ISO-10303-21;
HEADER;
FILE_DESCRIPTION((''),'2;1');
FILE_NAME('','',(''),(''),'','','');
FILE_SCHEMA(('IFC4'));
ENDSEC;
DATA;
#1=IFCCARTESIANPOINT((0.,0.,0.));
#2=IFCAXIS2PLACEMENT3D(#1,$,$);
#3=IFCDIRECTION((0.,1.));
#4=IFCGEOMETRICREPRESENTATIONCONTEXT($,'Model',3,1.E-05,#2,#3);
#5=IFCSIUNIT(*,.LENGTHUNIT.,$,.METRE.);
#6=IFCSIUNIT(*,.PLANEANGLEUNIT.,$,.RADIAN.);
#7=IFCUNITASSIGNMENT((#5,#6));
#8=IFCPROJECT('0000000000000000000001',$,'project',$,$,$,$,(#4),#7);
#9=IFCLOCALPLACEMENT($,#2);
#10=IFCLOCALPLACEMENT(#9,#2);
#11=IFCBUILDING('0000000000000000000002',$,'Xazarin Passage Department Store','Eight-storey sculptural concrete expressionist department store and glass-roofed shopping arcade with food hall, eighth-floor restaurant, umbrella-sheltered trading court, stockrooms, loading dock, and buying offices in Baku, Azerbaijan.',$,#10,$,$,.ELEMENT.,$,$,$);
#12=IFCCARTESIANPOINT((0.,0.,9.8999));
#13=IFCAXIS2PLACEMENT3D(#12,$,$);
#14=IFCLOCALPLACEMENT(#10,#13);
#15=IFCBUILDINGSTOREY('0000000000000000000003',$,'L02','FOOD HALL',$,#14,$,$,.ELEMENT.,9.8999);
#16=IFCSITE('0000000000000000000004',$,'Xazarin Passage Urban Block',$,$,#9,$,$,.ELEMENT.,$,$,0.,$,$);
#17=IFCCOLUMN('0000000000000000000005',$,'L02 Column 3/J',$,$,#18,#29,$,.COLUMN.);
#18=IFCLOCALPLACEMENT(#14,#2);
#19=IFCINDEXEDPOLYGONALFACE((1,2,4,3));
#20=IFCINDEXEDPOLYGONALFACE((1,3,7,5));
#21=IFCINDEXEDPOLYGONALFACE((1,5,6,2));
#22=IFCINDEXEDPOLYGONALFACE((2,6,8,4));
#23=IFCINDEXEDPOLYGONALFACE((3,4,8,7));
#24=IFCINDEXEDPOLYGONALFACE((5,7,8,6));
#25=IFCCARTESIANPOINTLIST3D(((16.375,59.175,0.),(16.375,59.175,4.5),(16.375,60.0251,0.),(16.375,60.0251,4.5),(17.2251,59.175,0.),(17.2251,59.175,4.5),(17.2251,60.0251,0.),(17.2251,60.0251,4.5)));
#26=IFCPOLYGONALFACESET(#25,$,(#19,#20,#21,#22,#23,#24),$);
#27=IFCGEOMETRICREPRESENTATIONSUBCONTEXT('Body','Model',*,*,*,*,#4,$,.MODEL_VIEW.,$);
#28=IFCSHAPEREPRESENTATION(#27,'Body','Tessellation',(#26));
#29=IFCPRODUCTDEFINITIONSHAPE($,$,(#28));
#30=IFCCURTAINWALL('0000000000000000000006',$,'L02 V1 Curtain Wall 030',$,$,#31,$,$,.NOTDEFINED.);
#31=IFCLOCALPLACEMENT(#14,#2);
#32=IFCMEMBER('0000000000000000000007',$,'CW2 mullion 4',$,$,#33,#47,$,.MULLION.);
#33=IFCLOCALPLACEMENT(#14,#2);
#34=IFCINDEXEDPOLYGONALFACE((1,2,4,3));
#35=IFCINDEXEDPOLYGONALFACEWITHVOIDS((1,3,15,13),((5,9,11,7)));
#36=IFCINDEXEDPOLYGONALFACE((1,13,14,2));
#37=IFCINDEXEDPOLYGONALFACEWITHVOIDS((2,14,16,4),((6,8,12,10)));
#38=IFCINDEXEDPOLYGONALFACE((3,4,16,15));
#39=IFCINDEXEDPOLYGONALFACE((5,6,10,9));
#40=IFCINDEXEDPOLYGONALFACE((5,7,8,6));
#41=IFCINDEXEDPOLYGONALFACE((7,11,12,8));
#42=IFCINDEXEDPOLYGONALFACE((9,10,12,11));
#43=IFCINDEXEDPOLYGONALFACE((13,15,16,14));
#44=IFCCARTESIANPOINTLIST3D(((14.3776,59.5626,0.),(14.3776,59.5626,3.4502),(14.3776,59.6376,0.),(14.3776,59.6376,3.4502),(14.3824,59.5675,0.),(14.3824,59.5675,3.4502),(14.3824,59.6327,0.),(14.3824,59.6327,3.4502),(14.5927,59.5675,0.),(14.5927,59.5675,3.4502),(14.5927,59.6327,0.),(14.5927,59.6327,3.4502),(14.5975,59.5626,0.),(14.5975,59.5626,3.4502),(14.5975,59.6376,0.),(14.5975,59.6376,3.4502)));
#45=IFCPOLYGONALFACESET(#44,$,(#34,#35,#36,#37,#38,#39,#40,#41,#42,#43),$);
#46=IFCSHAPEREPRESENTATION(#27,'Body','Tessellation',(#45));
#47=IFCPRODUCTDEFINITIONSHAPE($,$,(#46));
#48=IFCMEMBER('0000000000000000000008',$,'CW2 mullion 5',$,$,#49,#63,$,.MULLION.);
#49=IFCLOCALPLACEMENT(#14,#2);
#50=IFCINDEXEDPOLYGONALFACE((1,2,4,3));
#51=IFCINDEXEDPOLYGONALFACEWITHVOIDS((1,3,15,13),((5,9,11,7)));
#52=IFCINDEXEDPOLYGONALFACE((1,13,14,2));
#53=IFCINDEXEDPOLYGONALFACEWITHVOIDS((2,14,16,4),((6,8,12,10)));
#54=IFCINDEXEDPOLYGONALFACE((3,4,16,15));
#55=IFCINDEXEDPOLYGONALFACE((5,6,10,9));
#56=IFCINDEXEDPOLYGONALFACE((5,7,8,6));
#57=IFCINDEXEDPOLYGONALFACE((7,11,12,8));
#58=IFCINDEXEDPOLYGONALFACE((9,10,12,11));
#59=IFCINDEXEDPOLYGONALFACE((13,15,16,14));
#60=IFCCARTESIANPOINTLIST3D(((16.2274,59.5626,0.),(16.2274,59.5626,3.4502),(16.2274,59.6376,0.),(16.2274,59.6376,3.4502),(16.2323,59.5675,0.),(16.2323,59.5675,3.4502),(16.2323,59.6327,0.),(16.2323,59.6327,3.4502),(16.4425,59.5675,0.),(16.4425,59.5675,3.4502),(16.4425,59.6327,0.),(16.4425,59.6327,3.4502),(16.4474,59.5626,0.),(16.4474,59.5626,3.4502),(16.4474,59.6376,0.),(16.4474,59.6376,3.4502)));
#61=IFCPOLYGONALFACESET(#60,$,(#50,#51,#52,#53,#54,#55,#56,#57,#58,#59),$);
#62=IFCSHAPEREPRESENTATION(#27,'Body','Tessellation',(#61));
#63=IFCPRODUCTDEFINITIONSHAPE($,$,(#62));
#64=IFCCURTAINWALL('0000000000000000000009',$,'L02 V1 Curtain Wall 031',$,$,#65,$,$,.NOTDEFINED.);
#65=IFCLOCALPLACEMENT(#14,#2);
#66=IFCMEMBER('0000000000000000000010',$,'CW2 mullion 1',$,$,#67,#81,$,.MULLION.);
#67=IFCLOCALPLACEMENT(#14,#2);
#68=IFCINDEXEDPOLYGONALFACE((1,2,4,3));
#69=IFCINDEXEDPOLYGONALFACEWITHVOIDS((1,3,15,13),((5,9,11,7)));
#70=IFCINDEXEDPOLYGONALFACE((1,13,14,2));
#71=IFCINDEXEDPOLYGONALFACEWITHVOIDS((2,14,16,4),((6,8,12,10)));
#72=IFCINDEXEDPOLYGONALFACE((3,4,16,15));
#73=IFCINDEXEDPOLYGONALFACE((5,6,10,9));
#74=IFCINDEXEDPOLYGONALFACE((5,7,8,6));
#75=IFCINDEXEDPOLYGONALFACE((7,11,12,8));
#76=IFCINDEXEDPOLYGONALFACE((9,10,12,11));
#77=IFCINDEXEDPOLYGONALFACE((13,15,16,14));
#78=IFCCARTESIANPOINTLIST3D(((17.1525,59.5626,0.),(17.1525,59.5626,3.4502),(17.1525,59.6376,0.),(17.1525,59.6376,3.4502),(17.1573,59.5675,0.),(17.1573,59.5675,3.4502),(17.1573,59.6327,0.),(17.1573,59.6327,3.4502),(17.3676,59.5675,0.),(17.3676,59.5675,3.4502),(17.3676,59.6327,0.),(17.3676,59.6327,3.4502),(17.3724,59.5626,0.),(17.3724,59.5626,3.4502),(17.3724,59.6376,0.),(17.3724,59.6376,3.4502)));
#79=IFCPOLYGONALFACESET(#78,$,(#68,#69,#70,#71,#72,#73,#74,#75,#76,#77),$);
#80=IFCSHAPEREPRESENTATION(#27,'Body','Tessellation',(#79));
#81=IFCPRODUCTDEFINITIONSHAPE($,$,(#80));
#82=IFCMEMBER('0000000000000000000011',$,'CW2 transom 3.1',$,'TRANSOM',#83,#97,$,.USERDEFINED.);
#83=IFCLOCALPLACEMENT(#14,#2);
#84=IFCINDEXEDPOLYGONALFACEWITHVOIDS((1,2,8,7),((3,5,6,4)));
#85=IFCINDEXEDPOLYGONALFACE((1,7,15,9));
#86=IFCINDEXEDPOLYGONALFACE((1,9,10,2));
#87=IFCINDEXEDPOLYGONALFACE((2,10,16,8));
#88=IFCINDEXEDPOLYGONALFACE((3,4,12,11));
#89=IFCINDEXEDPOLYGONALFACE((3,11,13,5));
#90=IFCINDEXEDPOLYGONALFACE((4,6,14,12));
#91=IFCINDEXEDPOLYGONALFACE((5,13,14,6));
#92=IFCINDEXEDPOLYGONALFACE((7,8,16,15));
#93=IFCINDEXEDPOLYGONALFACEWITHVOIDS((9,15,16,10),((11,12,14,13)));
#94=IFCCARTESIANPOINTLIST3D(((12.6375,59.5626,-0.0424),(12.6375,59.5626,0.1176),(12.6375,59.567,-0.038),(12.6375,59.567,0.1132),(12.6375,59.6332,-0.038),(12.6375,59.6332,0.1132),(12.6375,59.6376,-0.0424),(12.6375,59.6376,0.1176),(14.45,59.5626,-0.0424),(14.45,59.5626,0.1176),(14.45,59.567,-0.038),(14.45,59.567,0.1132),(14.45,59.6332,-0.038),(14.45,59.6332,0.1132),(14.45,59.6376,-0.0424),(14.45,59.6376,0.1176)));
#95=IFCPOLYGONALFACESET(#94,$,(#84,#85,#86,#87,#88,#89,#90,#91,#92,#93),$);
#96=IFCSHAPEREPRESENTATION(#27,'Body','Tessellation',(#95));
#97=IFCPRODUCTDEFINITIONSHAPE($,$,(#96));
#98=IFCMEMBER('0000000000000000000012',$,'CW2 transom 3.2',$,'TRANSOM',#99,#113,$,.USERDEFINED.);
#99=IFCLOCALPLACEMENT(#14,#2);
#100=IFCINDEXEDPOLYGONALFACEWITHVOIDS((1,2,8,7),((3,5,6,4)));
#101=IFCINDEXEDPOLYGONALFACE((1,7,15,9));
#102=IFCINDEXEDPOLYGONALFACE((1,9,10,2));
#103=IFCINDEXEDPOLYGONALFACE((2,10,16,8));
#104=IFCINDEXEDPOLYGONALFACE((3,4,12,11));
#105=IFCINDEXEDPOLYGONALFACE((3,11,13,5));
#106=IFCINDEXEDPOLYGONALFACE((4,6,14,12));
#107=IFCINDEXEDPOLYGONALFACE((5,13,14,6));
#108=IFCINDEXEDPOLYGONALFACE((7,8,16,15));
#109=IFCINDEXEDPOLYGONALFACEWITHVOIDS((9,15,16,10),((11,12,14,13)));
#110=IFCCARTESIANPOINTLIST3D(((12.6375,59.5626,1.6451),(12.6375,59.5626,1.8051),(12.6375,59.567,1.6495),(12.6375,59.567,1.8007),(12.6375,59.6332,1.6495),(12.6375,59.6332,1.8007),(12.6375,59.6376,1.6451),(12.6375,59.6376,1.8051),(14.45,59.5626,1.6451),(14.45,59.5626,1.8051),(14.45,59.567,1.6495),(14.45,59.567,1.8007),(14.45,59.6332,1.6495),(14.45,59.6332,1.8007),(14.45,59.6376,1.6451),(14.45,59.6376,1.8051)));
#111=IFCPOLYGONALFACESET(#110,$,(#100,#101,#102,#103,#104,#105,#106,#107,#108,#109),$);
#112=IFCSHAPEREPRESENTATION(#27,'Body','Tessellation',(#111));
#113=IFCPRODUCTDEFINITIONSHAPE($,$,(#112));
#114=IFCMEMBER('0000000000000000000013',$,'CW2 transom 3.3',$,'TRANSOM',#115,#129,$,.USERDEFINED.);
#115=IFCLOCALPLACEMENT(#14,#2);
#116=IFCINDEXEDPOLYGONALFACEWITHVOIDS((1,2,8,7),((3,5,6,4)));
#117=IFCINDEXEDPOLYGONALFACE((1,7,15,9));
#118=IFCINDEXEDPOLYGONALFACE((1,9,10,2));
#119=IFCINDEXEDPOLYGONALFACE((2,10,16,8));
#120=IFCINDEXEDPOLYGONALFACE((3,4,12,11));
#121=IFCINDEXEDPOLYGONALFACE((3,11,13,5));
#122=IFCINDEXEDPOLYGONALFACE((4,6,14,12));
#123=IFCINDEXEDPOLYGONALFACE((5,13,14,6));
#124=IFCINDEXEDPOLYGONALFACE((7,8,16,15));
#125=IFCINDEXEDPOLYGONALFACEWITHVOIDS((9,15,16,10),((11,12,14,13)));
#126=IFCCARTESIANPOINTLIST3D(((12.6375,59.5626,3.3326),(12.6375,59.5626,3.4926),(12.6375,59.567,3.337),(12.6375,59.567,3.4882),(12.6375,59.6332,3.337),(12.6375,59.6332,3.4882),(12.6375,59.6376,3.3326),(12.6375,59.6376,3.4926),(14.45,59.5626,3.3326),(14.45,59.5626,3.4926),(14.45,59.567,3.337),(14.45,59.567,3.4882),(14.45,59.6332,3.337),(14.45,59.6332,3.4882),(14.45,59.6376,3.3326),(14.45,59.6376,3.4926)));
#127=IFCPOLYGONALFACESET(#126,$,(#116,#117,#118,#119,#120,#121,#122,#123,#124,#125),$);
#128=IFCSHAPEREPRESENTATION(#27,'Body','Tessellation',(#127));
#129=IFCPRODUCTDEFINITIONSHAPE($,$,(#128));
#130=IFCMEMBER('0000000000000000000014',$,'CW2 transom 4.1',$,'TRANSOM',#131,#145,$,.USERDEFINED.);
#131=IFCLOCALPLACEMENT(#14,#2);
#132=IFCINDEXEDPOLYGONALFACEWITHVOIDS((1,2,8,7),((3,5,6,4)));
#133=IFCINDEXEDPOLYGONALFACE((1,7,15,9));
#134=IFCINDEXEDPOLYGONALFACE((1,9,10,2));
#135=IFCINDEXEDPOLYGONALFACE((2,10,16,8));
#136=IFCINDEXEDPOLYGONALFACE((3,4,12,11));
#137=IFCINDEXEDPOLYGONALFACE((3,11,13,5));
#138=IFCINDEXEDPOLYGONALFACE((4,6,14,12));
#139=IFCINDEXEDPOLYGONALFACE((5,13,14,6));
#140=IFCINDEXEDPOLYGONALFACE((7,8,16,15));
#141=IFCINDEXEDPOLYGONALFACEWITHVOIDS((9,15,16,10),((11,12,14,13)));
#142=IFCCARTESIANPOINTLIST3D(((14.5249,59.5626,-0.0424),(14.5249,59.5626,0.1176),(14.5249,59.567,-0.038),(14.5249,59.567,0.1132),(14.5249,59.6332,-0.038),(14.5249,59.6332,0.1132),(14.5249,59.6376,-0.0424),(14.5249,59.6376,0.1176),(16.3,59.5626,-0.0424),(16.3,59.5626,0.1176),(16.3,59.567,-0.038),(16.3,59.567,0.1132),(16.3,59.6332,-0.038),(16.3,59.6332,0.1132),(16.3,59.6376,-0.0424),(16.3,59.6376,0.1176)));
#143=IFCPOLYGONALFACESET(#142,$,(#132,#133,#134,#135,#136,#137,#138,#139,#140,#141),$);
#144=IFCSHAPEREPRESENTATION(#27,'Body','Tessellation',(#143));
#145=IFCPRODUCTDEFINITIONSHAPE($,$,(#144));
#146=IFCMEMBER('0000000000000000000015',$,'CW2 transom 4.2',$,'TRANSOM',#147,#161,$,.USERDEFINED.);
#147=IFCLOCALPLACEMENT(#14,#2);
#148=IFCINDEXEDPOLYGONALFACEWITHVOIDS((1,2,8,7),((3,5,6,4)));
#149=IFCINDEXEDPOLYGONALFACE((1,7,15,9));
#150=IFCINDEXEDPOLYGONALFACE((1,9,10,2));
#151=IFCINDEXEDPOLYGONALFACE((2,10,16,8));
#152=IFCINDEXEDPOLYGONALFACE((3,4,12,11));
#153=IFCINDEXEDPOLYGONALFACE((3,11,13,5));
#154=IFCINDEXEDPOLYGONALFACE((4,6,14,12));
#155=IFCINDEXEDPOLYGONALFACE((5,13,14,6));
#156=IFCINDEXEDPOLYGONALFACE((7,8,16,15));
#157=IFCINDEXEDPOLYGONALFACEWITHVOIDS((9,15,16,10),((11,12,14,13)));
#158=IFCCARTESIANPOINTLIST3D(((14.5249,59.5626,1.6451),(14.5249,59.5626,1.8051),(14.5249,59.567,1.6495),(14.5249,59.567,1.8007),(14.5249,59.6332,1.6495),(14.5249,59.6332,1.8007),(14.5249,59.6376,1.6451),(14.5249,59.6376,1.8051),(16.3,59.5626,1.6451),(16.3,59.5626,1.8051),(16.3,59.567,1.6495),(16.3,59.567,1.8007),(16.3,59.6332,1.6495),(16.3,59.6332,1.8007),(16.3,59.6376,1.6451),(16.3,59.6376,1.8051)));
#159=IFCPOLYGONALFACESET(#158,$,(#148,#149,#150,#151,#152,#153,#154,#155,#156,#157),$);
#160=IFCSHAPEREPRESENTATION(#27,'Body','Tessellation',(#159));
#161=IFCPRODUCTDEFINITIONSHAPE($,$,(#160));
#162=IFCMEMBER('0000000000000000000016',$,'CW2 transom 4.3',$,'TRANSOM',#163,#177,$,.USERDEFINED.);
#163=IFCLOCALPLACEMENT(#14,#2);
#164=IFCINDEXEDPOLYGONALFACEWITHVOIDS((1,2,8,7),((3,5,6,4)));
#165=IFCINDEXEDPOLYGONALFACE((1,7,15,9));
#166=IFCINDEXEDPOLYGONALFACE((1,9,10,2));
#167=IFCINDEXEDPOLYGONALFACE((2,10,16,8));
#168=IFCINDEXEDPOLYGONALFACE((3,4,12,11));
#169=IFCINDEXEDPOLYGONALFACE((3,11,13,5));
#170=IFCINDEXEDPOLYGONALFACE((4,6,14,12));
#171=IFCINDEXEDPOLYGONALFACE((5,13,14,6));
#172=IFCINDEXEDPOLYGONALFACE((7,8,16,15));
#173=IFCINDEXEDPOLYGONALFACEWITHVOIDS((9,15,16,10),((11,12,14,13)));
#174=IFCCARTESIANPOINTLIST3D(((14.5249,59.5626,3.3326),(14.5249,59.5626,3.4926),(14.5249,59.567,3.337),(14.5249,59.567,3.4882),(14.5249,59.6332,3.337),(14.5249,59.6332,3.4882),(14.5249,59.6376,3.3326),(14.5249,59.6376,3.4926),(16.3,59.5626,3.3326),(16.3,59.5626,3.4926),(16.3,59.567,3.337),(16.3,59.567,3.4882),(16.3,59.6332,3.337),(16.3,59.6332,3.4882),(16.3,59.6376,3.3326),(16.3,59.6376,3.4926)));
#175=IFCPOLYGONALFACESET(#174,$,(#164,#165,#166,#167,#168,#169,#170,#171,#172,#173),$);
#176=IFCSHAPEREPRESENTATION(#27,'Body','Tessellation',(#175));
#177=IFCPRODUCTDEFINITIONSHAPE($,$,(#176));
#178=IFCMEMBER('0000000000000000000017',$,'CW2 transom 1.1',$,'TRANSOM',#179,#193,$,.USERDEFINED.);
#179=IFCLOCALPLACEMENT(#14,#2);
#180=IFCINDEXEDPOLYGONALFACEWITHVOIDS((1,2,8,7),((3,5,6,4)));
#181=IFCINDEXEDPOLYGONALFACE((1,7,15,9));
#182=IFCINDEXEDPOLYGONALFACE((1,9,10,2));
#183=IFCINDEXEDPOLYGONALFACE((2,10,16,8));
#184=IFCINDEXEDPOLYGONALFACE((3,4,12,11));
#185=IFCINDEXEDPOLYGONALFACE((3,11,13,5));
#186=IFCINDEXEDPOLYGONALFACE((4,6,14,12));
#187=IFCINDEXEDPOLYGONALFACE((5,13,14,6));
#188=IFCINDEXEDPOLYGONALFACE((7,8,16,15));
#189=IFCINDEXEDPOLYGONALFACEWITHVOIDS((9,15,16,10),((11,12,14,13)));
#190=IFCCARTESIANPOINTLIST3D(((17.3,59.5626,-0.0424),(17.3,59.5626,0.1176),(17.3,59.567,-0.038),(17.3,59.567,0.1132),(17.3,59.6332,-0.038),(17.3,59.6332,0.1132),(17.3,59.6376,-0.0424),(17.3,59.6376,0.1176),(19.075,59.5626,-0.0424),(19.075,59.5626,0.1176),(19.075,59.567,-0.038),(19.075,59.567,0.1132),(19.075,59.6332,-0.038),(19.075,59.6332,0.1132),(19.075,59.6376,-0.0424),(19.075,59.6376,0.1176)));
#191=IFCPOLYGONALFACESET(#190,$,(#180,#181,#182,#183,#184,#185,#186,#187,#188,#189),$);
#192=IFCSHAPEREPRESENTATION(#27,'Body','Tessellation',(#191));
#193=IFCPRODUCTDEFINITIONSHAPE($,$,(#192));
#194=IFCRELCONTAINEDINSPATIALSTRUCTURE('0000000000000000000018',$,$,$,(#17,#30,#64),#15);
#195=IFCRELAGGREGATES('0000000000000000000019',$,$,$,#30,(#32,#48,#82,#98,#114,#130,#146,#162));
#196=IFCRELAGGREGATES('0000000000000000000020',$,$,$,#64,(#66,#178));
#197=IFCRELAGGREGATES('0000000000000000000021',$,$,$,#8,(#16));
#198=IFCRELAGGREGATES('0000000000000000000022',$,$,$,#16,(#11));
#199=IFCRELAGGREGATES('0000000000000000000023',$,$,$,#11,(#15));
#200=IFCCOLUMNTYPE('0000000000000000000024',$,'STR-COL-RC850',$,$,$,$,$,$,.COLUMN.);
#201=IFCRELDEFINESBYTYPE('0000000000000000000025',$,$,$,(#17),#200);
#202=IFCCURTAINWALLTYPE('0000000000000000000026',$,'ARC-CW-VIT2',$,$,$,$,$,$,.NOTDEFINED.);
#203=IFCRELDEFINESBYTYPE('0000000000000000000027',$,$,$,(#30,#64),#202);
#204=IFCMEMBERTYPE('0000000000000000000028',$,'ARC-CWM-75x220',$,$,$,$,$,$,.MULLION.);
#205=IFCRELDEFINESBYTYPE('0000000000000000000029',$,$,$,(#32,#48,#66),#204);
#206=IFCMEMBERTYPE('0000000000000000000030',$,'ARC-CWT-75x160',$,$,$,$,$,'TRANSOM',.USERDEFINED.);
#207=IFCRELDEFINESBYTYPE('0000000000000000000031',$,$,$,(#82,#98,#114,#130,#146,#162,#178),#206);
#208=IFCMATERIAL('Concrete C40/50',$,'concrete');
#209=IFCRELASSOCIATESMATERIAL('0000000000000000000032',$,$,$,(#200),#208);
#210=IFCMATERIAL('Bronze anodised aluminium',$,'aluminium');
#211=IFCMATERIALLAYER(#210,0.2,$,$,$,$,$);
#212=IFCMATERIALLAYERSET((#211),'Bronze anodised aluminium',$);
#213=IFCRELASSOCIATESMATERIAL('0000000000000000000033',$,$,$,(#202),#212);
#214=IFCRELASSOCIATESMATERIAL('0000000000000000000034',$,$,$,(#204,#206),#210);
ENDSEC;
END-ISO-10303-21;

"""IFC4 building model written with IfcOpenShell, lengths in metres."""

from ifc_helpers import new_model, si_unit, direction, frame, origin, origin_2d, place, context, subcontext, project, spatial, rectangle, hollow_rectangle, extrude, material, layer, layer_set, material_profile, profile_set, type_object, element, aggregate, save


model = new_model("IFC4")

# Units and contexts
model_context = context("Model", 3, precision=1e-05, world=origin(), true_north=direction((0.0, 1.0)))
body_context = subcontext(model_context, "Body", "Model", "MODEL_VIEW")
ifc_project = project(units=[si_unit("LENGTHUNIT", "METRE"), si_unit("PLANEANGLEUNIT", "RADIAN")], contexts=[model_context])

# Site, building, storey
site_placement = place(None, origin())
site = spatial("IfcSite", under=ifc_project, at=site_placement, Name="Xazarin Passage Urban Block", CompositionType="ELEMENT", RefElevation=0.0)
building_placement = place(site_placement, origin())
building = spatial("IfcBuilding", under=site, at=building_placement, Name="Xazarin Passage Department Store", Description="Eight-storey sculptural concrete expressionist department store and glass-roofed shopping arcade with food hall, eighth-floor restaurant, umbrella-sheltered trading court, stockrooms, loading dock, and buying offices in Baku, Azerbaijan.", CompositionType="ELEMENT")
storey_placement = place(building_placement, frame((0.0, 0.0, 9.8999)))
storey = spatial("IfcBuildingStorey", under=building, at=storey_placement, Name="L02", Description="FOOD HALL", CompositionType="ELEMENT", Elevation=9.8999)

# Column
ifc_material_1 = material(Name="Concrete C40/50", Category="concrete")
ifc_material_profile_1 = material_profile(ifc_material_1, rectangle(XDim=0.8501, YDim=0.8501, at=origin_2d()), Name="RC 850x850")
ifc_profile_set_1 = profile_set([ifc_material_profile_1], Name="Concrete C40/50")
column_type = type_object("IfcColumnType", Name="STR-COL-RC850", PredefinedType="COLUMN", material=ifc_profile_set_1)
column_placement = place(storey_placement, frame((16.8, 59.6001, 0.0), z_axis=(0.0, 0.0, 1.0), x_axis=(1.0, 0.0, 0.0)))
element("IfcColumn", 1, at=column_placement, inside=storey, type_object=column_type, Name="L02 Column 3/J", PredefinedType="COLUMN", context=body_context, shape_type="SweptSolid", body=[
    extrude(rectangle(XDim=0.8501, YDim=0.8501, at=origin_2d()), origin(), (0.0, 0.0, 1.0), 4.5),
])

# Curtain wall, members
ifc_material_2 = material(Name="Bronze anodised aluminium", Category="aluminium")
ifc_layer_1 = layer(ifc_material_2, 0.2)
ifc_layer_set_1 = layer_set([ifc_layer_1], Name="Bronze anodised aluminium")
curtain_wall_type = type_object("IfcCurtainWallType", Name="ARC-CW-VIT2", PredefinedType="NOTDEFINED", material=ifc_layer_set_1)
curtain_wall_1_placement = place(storey_placement, origin())
curtain_wall_1 = element("IfcCurtainWall", 2, at=curtain_wall_1_placement, inside=storey, type_object=curtain_wall_type, Name="L02 V1 Curtain Wall 030", PredefinedType="NOTDEFINED")
ifc_material_profile_2 = material_profile(ifc_material_2, hollow_rectangle(XDim=0.075, YDim=0.22, WallThickness=0.0049, at=origin_2d()), Name="ALU 75x220")
ifc_profile_set_2 = profile_set([ifc_material_profile_2], Name="Bronze anodised aluminium")
member_type_1 = type_object("IfcMemberType", Name="ARC-CWM-75x220", PredefinedType="MULLION", material=ifc_profile_set_2)
member_1_placement = place(storey_placement, frame((14.4875, 59.6001, 0.0), z_axis=(0.0, 0.0, 1.0), x_axis=(0.0, 1.0, 0.0)))
member_1 = element("IfcMember", 3, at=member_1_placement, type_object=member_type_1, Name="CW2 mullion 4", PredefinedType="MULLION", context=body_context, shape_type="SweptSolid", body=[
    extrude(hollow_rectangle(XDim=0.075, YDim=0.22, WallThickness=0.0049, at=origin_2d()), origin(), (0.0, 0.0, 1.0), 3.4502),
])
member_2_placement = place(storey_placement, frame((16.3374, 59.6001, 0.0), z_axis=(0.0, 0.0, 1.0), x_axis=(0.0, 1.0, 0.0)))
member_2 = element("IfcMember", 4, at=member_2_placement, type_object=member_type_1, Name="CW2 mullion 5", PredefinedType="MULLION", context=body_context, shape_type="SweptSolid", body=[
    extrude(hollow_rectangle(XDim=0.075, YDim=0.22, WallThickness=0.0049, at=origin_2d()), origin(), (0.0, 0.0, 1.0), 3.4502),
])

# Curtain wall, member
curtain_wall_2_placement = place(storey_placement, origin())
curtain_wall_2 = element("IfcCurtainWall", 5, at=curtain_wall_2_placement, inside=storey, type_object=curtain_wall_type, Name="L02 V1 Curtain Wall 031", PredefinedType="NOTDEFINED")
member_3_placement = place(storey_placement, frame((17.2625, 59.6001, 0.0), z_axis=(0.0, 0.0, 1.0), x_axis=(0.0, 1.0, 0.0)))
member_3 = element("IfcMember", 6, at=member_3_placement, type_object=member_type_1, Name="CW2 mullion 1", PredefinedType="MULLION", context=body_context, shape_type="SweptSolid", body=[
    extrude(hollow_rectangle(XDim=0.075, YDim=0.22, WallThickness=0.0049, at=origin_2d()), origin(), (0.0, 0.0, 1.0), 3.4502),
])

# Members
ifc_material_profile_3 = material_profile(ifc_material_2, hollow_rectangle(XDim=0.075, YDim=0.1599, WallThickness=0.0044, at=origin_2d()), Name="ALU 75x160")
ifc_profile_set_3 = profile_set([ifc_material_profile_3], Name="Bronze anodised aluminium")
member_type_2 = type_object("IfcMemberType", Name="ARC-CWT-75x160", ElementType="TRANSOM", PredefinedType="USERDEFINED", material=ifc_profile_set_3)
member_4_placement = place(storey_placement, frame((12.6375, 59.6001, 0.0376), z_axis=(1.0, 0.0, 0.0), x_axis=(0.0, 1.0, 0.0)))
member_4 = element("IfcMember", 7, at=member_4_placement, type_object=member_type_2, Name="CW2 transom 3.1", ObjectType="TRANSOM", PredefinedType="USERDEFINED", context=body_context, shape_type="SweptSolid", body=[
    extrude(hollow_rectangle(XDim=0.075, YDim=0.1599, WallThickness=0.0044, at=origin_2d()), origin(), (0.0, 0.0, 1.0), 1.8125),
])
member_5_placement = place(storey_placement, frame((12.6375, 59.6001, 1.7251), z_axis=(1.0, 0.0, 0.0), x_axis=(0.0, 1.0, 0.0)))
member_5 = element("IfcMember", 8, at=member_5_placement, type_object=member_type_2, Name="CW2 transom 3.2", ObjectType="TRANSOM", PredefinedType="USERDEFINED", context=body_context, shape_type="SweptSolid", body=[
    extrude(hollow_rectangle(XDim=0.075, YDim=0.1599, WallThickness=0.0044, at=origin_2d()), origin(), (0.0, 0.0, 1.0), 1.8125),
])
member_6_placement = place(storey_placement, frame((12.6375, 59.6001, 3.4126), z_axis=(1.0, 0.0, 0.0), x_axis=(0.0, 1.0, 0.0)))
member_6 = element("IfcMember", 9, at=member_6_placement, type_object=member_type_2, Name="CW2 transom 3.3", ObjectType="TRANSOM", PredefinedType="USERDEFINED", context=body_context, shape_type="SweptSolid", body=[
    extrude(hollow_rectangle(XDim=0.075, YDim=0.1599, WallThickness=0.0044, at=origin_2d()), origin(), (0.0, 0.0, 1.0), 1.8125),
])
member_7_placement = place(storey_placement, frame((14.5249, 59.6001, 0.0376), z_axis=(1.0, 0.0, 0.0), x_axis=(0.0, 1.0, 0.0)))
member_7 = element("IfcMember", 10, at=member_7_placement, type_object=member_type_2, Name="CW2 transom 4.1", ObjectType="TRANSOM", PredefinedType="USERDEFINED", context=body_context, shape_type="SweptSolid", body=[
    extrude(hollow_rectangle(XDim=0.075, YDim=0.1599, WallThickness=0.0044, at=origin_2d()), origin(), (0.0, 0.0, 1.0), 1.7751),
])
member_8_placement = place(storey_placement, frame((14.5249, 59.6001, 1.7251), z_axis=(1.0, 0.0, 0.0), x_axis=(0.0, 1.0, 0.0)))
member_8 = element("IfcMember", 11, at=member_8_placement, type_object=member_type_2, Name="CW2 transom 4.2", ObjectType="TRANSOM", PredefinedType="USERDEFINED", context=body_context, shape_type="SweptSolid", body=[
    extrude(hollow_rectangle(XDim=0.075, YDim=0.1599, WallThickness=0.0044, at=origin_2d()), origin(), (0.0, 0.0, 1.0), 1.7751),
])
member_9_placement = place(storey_placement, frame((14.5249, 59.6001, 3.4126), z_axis=(1.0, 0.0, 0.0), x_axis=(0.0, 1.0, 0.0)))
member_9 = element("IfcMember", 12, at=member_9_placement, type_object=member_type_2, Name="CW2 transom 4.3", ObjectType="TRANSOM", PredefinedType="USERDEFINED", context=body_context, shape_type="SweptSolid", body=[
    extrude(hollow_rectangle(XDim=0.075, YDim=0.1599, WallThickness=0.0044, at=origin_2d()), origin(), (0.0, 0.0, 1.0), 1.7751),
])
member_10_placement = place(storey_placement, frame((17.3, 59.6001, 0.0376), z_axis=(1.0, 0.0, 0.0), x_axis=(0.0, 1.0, 0.0)))
member_10 = element("IfcMember", 13, at=member_10_placement, type_object=member_type_2, Name="CW2 transom 1.1", ObjectType="TRANSOM", PredefinedType="USERDEFINED", context=body_context, shape_type="SweptSolid", body=[
    extrude(hollow_rectangle(XDim=0.075, YDim=0.1599, WallThickness=0.0044, at=origin_2d()), origin(), (0.0, 0.0, 1.0), 1.7749),
])

aggregate(curtain_wall_1, [member_1, member_2, member_4, member_5, member_6, member_7, member_8, member_9])
aggregate(curtain_wall_2, [member_3, member_10])

save(model, "model.ifc")
